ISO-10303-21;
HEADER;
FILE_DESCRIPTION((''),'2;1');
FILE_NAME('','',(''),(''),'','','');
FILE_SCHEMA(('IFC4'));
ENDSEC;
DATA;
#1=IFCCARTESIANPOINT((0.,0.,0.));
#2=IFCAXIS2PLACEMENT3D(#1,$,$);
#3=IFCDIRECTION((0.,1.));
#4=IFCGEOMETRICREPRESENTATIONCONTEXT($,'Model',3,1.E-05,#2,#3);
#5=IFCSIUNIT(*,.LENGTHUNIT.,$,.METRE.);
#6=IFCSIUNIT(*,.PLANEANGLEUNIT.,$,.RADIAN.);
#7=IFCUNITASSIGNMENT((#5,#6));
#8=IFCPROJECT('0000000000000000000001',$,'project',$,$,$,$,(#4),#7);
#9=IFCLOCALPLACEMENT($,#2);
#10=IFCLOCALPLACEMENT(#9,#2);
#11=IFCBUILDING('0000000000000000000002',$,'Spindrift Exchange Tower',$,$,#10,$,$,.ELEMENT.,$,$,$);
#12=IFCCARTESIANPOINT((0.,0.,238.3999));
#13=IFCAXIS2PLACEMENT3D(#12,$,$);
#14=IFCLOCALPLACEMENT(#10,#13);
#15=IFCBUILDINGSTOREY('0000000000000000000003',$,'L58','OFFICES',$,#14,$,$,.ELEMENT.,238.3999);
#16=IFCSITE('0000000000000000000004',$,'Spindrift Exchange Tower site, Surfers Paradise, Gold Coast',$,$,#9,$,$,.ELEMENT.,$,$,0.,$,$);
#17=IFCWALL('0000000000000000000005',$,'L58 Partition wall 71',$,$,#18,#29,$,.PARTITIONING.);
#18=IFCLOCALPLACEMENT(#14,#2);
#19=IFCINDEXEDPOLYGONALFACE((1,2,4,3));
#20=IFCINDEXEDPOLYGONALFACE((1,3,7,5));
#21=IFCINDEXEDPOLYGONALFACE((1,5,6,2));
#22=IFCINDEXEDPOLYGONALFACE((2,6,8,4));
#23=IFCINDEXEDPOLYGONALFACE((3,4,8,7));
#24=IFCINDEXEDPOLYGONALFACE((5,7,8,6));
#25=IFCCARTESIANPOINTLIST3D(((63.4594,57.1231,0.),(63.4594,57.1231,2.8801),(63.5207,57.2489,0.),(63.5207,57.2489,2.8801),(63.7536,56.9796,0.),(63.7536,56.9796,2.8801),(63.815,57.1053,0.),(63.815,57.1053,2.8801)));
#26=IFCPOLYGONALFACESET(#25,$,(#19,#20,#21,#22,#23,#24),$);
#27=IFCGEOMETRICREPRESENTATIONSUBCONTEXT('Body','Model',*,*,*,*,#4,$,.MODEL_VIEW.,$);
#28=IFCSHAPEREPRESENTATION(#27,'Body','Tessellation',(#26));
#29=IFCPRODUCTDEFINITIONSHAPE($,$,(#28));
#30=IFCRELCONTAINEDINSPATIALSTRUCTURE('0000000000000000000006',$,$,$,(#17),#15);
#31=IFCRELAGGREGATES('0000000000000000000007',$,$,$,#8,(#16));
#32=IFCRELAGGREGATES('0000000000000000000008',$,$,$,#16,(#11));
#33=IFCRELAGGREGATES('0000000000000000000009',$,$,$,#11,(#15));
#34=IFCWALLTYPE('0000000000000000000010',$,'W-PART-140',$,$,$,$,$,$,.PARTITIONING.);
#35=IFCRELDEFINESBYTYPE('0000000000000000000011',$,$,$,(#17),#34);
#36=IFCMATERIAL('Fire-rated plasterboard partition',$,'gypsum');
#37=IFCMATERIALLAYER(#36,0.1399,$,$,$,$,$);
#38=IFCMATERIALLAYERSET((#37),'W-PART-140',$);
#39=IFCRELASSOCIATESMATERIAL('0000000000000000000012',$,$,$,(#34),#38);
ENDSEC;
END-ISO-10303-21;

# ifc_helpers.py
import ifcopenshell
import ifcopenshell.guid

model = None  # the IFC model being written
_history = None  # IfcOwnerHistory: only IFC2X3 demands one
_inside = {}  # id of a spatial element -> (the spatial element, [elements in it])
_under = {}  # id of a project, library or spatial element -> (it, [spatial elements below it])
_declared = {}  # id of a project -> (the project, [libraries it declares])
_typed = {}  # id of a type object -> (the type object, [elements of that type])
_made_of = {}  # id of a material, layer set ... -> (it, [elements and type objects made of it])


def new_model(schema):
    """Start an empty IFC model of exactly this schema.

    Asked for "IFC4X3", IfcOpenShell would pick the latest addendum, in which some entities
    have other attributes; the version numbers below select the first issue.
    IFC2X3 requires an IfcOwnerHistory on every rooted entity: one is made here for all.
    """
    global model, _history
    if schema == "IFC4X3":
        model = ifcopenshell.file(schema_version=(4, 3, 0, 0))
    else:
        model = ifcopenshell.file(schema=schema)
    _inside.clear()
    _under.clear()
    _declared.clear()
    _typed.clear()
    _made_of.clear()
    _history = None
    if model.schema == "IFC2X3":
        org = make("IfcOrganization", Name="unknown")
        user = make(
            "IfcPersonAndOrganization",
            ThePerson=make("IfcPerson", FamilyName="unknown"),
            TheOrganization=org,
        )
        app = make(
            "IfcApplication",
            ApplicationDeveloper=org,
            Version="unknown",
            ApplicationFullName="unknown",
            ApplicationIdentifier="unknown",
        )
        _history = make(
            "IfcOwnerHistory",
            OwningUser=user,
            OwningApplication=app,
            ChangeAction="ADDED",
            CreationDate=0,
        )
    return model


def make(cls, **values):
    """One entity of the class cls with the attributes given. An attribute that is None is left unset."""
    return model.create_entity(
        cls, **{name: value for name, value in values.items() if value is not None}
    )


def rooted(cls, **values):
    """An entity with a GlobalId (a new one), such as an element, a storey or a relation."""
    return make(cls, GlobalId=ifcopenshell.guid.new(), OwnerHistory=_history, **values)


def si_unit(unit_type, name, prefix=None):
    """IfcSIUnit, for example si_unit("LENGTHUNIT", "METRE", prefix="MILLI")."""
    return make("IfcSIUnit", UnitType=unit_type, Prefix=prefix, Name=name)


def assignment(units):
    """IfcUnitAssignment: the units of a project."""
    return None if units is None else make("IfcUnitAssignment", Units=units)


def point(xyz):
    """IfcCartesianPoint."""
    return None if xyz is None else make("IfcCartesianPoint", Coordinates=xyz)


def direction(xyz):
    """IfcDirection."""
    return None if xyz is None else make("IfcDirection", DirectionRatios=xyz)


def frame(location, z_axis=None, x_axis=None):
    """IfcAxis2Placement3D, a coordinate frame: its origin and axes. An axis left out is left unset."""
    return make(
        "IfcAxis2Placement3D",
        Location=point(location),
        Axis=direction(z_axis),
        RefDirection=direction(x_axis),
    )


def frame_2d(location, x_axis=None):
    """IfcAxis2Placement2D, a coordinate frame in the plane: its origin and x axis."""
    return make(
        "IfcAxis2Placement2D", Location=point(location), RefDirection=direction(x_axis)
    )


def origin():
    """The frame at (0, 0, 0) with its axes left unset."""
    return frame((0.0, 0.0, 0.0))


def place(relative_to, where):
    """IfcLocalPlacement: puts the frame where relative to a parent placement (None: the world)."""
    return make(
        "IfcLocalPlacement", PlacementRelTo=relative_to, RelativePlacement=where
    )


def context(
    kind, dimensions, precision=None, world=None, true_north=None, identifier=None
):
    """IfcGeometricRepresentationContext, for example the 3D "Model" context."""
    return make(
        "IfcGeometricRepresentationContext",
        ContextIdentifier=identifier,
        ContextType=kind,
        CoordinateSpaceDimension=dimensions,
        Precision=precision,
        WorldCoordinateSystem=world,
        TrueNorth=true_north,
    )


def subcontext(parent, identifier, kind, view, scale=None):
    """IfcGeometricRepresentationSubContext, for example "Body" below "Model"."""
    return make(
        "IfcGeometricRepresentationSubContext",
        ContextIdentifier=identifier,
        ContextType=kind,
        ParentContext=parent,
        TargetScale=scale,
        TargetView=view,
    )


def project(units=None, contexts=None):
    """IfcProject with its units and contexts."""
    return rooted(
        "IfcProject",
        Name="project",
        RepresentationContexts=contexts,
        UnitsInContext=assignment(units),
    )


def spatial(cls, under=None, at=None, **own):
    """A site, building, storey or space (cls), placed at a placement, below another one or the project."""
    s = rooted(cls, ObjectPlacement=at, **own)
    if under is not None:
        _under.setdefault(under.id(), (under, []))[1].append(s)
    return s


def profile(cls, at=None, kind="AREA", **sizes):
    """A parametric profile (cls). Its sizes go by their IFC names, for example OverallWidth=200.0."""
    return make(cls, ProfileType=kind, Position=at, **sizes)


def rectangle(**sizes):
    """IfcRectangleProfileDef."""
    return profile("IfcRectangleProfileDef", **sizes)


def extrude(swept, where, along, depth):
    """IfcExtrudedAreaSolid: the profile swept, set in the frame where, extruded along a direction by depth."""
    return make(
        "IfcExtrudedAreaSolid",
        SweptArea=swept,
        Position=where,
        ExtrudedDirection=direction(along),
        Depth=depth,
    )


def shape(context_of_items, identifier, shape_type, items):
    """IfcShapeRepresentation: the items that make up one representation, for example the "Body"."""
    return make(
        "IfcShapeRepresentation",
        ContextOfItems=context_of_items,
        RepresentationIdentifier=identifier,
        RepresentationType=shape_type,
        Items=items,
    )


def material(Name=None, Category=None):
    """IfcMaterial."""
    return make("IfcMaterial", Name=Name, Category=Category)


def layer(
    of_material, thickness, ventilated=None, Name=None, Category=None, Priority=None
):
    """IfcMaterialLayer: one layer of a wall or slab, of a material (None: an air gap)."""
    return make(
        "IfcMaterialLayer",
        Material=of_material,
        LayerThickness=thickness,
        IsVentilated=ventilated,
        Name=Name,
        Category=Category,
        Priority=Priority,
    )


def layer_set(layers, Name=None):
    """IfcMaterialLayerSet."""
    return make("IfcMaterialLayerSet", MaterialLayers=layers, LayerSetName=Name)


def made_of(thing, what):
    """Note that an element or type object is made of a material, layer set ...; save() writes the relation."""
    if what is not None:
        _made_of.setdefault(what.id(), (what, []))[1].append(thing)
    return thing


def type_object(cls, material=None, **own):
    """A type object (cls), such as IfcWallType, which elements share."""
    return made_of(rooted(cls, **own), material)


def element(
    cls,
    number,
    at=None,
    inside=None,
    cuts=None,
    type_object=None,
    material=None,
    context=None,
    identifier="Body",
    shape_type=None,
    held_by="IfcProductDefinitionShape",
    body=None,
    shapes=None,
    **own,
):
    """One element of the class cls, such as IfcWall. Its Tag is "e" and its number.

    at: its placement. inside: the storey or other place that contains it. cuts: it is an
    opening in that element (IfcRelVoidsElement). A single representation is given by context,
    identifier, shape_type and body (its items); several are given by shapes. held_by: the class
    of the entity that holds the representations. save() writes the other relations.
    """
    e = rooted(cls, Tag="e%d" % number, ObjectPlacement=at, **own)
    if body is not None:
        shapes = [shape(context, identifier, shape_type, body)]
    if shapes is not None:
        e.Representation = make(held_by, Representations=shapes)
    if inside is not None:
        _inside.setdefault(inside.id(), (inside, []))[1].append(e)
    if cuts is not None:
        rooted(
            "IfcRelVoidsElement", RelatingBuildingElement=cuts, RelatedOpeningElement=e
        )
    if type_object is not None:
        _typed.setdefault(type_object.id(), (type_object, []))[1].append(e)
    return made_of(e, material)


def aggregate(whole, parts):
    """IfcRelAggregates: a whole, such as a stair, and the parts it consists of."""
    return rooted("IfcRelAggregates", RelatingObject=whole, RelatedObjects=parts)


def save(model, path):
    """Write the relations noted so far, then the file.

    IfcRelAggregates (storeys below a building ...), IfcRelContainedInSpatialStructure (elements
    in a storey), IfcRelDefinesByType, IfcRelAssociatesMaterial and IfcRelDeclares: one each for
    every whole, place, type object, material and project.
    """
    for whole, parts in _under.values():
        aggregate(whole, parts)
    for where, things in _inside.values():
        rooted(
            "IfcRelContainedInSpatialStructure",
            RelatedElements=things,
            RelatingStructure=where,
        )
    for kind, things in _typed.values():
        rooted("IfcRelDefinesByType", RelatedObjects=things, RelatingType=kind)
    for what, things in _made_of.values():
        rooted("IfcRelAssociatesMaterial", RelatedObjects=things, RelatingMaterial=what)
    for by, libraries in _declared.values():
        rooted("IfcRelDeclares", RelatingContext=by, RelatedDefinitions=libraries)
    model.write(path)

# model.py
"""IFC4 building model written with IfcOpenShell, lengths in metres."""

from ifc_helpers import new_model, si_unit, direction, frame, frame_2d, origin, place, context, subcontext, project, spatial, rectangle, extrude, material, layer, layer_set, type_object, element, save


model = new_model("IFC4")

# Units and contexts
model_context = context("Model", 3, precision=1e-05, world=origin(), true_north=direction((0.0, 1.0)))
body_context = subcontext(model_context, "Body", "Model", "MODEL_VIEW")
ifc_project = project(units=[si_unit("LENGTHUNIT", "METRE"), si_unit("PLANEANGLEUNIT", "RADIAN")], contexts=[model_context])

# Site, building, storey
site_placement = place(None, origin())
site = spatial("IfcSite", under=ifc_project, at=site_placement, Name="Spindrift Exchange Tower site, Surfers Paradise, Gold Coast", CompositionType="ELEMENT", RefElevation=0.0)
building_placement = place(site_placement, origin())
building = spatial("IfcBuilding", under=site, at=building_placement, Name="Spindrift Exchange Tower", CompositionType="ELEMENT")
storey_placement = place(building_placement, frame((0.0, 0.0, 238.3999)))
storey = spatial("IfcBuildingStorey", under=building, at=storey_placement, Name="L58", Description="OFFICES", CompositionType="ELEMENT", Elevation=238.3999)

# Shared definitions
ifc_material_1 = material(Name="Fire-rated plasterboard partition", Category="gypsum")

# Wall
ifc_layer_1 = layer(ifc_material_1, 0.1399)
ifc_layer_set_1 = layer_set([ifc_layer_1], Name="W-PART-140")
wall_type_1 = type_object("IfcWallType", Name="W-PART-140", PredefinedType="PARTITIONING", material=ifc_layer_set_1)
wall_1_placement = place(storey_placement, frame((63.7842, 57.0425, 0.0), z_axis=(0.0, 0.0, 1.0), x_axis=(-0.898711, 0.438541, 0.0)))
element("IfcWall", 1, at=wall_1_placement, inside=storey, type_object=wall_type_1, Name="L58 Partition wall 71", PredefinedType="PARTITIONING", context=body_context, shape_type="SweptSolid", body=[
    extrude(rectangle(XDim=0.3274, YDim=0.1399, at=frame_2d((0.1636, 0.0))), origin(), (0.0, 0.0, 1.0), 2.8801),
])

save(model, "model.ifc")
